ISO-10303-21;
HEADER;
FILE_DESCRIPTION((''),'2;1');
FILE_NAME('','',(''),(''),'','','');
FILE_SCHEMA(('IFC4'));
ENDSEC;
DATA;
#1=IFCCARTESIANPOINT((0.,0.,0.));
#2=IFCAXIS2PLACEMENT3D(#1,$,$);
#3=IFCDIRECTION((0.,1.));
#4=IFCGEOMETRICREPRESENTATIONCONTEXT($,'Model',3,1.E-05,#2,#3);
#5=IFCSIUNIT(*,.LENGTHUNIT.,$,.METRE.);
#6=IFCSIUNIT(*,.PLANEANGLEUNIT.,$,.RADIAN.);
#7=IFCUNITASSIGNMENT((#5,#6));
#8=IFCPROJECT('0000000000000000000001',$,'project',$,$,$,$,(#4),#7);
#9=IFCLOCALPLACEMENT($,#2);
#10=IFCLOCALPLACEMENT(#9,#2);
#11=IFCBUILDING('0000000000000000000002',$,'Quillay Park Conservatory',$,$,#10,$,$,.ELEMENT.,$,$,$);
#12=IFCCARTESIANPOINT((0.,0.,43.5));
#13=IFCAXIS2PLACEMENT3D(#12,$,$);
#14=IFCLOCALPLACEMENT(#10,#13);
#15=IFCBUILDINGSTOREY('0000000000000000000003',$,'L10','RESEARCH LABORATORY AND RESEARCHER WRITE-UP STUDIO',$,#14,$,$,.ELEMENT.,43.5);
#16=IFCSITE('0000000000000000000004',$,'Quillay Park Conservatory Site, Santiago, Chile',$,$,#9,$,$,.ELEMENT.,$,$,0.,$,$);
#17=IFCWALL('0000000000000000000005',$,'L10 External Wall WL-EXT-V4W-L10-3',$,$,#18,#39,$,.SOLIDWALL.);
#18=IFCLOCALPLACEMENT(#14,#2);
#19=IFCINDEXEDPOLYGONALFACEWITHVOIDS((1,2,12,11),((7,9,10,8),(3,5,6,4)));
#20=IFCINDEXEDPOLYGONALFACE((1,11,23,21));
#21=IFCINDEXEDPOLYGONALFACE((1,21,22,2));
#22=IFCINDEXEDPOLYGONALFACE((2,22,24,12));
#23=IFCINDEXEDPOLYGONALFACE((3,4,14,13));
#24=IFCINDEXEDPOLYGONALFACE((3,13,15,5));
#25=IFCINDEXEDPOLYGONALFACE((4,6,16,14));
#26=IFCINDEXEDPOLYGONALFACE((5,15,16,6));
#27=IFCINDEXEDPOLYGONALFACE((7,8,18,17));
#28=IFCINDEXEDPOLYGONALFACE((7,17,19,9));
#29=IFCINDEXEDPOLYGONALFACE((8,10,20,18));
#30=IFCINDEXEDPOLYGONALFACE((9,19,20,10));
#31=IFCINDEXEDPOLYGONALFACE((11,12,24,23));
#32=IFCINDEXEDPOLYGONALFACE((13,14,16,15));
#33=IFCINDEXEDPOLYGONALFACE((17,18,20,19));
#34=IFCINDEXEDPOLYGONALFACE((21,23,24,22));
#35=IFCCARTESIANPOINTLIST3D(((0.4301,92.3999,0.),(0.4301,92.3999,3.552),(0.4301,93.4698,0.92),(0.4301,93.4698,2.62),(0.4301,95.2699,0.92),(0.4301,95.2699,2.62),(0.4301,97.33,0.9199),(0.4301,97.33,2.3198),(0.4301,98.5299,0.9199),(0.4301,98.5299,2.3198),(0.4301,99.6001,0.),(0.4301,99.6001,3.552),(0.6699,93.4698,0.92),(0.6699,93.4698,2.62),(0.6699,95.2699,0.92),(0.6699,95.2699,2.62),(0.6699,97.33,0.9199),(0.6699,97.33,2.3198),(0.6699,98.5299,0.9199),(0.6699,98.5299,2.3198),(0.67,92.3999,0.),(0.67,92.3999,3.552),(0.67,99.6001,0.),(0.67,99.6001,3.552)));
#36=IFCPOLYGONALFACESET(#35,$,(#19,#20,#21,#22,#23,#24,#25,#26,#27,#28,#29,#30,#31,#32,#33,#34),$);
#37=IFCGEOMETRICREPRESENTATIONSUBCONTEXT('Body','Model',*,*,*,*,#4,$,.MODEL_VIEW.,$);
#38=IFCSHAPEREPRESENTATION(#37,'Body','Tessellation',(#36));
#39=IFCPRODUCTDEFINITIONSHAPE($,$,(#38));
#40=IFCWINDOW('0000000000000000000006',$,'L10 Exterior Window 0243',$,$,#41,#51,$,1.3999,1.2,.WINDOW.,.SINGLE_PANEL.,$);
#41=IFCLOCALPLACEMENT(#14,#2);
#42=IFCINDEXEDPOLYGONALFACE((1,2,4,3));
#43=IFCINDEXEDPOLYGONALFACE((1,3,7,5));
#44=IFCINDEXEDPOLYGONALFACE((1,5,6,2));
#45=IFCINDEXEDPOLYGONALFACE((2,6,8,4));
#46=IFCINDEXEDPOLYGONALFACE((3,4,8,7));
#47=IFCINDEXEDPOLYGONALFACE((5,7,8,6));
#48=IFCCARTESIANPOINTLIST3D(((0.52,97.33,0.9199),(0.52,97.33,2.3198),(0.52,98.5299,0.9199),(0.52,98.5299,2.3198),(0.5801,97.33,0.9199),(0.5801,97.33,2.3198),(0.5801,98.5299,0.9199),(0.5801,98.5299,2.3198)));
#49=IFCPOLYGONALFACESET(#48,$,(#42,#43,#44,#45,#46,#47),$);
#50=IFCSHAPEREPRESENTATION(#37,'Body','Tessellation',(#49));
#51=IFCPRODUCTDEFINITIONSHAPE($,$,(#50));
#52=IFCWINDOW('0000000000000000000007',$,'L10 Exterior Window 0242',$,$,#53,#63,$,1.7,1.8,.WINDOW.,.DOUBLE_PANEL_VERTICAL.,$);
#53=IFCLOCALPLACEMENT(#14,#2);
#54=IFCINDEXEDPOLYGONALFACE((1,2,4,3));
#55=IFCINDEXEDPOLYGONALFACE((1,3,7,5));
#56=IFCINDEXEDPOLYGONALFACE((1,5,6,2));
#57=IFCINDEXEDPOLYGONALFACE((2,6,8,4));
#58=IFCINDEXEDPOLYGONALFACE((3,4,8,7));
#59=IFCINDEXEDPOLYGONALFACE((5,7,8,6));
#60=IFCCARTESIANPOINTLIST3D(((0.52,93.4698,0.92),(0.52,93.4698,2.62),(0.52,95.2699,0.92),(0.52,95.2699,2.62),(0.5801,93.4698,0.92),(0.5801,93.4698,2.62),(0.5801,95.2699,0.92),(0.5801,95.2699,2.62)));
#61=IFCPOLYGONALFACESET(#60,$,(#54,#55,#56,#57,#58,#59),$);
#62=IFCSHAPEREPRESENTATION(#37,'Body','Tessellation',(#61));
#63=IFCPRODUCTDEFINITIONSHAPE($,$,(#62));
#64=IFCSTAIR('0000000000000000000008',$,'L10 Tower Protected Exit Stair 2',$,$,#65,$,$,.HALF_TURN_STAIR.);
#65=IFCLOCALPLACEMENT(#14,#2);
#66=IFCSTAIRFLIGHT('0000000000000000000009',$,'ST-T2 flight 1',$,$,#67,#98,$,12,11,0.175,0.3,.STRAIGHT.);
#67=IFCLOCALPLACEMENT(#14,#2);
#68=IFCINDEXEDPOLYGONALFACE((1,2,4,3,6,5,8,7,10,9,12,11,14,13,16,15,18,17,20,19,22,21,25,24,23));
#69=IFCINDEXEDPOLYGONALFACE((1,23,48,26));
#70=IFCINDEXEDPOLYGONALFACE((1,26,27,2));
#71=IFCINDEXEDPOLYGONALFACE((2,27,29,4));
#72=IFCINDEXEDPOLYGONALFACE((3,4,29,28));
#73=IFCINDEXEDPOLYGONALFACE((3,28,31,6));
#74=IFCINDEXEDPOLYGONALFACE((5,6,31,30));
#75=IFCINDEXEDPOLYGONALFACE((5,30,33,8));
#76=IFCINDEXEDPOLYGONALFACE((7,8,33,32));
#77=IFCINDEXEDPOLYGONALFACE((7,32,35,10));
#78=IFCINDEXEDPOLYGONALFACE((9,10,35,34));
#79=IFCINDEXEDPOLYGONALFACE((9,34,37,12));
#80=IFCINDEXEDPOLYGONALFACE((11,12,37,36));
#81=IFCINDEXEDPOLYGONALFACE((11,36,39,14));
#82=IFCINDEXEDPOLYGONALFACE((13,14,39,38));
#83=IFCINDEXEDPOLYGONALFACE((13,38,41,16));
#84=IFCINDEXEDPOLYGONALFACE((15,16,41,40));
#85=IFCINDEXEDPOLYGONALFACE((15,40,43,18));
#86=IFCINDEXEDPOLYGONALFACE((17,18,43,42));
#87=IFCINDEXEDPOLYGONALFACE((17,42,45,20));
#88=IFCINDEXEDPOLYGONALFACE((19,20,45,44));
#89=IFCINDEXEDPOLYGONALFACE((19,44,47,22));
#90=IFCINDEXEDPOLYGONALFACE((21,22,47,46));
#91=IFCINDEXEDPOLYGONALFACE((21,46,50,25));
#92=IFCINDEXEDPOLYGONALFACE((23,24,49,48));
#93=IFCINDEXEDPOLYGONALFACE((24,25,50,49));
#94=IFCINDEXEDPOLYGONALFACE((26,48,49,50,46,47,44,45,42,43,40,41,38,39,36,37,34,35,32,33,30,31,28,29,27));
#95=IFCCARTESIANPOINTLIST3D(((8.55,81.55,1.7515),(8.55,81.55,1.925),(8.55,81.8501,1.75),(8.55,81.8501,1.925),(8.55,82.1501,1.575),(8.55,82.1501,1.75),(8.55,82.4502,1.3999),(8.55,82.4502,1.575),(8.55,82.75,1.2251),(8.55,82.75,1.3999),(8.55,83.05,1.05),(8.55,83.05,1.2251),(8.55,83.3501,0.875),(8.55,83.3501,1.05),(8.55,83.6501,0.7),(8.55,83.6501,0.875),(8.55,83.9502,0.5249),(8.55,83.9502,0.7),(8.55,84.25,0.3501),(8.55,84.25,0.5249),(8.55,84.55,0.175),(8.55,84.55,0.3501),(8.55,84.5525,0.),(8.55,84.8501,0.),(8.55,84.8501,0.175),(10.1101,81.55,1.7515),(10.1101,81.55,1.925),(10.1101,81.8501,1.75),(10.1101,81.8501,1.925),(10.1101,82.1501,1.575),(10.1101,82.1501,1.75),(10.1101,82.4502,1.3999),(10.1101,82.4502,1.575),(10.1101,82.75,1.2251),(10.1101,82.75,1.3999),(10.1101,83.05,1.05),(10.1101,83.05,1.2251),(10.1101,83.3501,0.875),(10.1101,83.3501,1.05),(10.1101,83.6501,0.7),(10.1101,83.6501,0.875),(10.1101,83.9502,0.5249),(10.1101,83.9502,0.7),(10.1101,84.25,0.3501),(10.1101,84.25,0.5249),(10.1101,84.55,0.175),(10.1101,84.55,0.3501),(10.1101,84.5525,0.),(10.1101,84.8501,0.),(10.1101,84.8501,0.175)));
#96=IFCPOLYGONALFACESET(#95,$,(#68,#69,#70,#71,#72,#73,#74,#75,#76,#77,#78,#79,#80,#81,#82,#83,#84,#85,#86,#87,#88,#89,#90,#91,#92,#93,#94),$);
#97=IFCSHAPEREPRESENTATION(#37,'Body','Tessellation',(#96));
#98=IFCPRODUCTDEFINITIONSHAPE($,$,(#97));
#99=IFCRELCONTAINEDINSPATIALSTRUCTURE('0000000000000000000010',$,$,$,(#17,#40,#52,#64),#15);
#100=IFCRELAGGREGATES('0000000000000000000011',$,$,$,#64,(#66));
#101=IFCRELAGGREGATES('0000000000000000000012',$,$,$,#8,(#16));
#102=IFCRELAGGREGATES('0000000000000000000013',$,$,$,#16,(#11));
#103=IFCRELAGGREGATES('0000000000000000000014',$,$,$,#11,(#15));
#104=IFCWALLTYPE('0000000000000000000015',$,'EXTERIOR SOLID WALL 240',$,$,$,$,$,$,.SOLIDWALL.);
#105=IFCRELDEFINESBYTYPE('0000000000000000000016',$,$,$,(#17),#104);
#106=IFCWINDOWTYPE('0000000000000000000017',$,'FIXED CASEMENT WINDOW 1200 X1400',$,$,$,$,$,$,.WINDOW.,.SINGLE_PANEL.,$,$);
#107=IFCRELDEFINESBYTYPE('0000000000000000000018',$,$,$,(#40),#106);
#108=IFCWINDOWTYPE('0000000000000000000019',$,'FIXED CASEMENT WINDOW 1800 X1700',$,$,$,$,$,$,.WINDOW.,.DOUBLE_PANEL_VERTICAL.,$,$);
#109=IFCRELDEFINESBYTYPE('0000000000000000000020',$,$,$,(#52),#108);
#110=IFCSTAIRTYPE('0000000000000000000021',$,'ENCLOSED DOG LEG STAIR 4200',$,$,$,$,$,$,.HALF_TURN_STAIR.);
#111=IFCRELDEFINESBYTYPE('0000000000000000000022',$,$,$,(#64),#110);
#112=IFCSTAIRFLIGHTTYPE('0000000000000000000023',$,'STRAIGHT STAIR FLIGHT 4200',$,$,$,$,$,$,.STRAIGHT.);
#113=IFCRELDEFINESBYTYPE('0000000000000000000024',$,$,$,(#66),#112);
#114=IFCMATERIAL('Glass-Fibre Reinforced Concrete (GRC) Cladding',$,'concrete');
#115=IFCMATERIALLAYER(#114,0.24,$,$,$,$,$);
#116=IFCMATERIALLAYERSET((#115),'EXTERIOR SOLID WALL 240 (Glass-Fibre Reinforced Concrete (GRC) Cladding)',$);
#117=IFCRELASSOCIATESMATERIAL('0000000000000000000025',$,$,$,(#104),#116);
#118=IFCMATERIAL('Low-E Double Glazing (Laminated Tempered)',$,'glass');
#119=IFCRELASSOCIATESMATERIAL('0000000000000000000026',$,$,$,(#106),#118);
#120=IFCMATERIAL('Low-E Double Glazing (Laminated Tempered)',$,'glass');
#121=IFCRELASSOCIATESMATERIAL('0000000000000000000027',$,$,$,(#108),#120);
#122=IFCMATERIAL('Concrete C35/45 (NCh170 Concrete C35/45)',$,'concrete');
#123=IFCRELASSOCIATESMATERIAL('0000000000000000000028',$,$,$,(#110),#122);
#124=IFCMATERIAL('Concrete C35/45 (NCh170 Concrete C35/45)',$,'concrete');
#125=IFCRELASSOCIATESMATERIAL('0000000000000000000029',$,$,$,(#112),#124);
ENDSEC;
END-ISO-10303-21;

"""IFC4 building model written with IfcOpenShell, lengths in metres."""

from ifc_helpers import new_model, si_unit, direction, frame, frame_2d, origin, place, context, subcontext, project, spatial, polyline, rectangle, outline, extrude, material, layer, layer_set, type_object, element, fill, aggregate, save


model = new_model("IFC4")

# Units and contexts
model_context = context("Model", 3, precision=1e-05, world=origin(), true_north=direction((0.0, 1.0)))
body_context = subcontext(model_context, "Body", "Model", "MODEL_VIEW")
ifc_project = project(units=[si_unit("LENGTHUNIT", "METRE"), si_unit("PLANEANGLEUNIT", "RADIAN")], contexts=[model_context])

# Site, building, storey
site_placement = place(None, origin())
site = spatial("IfcSite", under=ifc_project, at=site_placement, Name="Quillay Park Conservatory Site, Santiago, Chile", CompositionType="ELEMENT", RefElevation=0.0)
building_placement = place(site_placement, origin())
building = spatial("IfcBuilding", under=site, at=building_placement, Name="Quillay Park Conservatory", CompositionType="ELEMENT")
storey_placement = place(building_placement, frame((0.0, 0.0, 43.5)))
storey = spatial("IfcBuildingStorey", under=building, at=storey_placement, Name="L10", Description="RESEARCH LABORATORY AND RESEARCHER WRITE-UP STUDIO", CompositionType="ELEMENT", Elevation=43.5)

# Wall, openings, windows
ifc_material_1 = material(Name="Glass-Fibre Reinforced Concrete (GRC) Cladding", Category="concrete")
ifc_layer_1 = layer(ifc_material_1, 0.24)
ifc_layer_set_1 = layer_set([ifc_layer_1], Name="EXTERIOR SOLID WALL 240 (Glass-Fibre Reinforced Concrete (GRC) Cladding)")
wall_type_1 = type_object("IfcWallType", Name="EXTERIOR SOLID WALL 240", PredefinedType="SOLIDWALL", material=ifc_layer_set_1)
wall_1_placement = place(storey_placement, frame((0.55, 92.3999, 0.0), z_axis=(0.0, 0.0, 1.0), x_axis=(0.0, 1.0, 0.0)))
wall_1 = element("IfcWall", 1, at=wall_1_placement, inside=storey, type_object=wall_type_1, Name="L10 External Wall WL-EXT-V4W-L10-3", PredefinedType="SOLIDWALL", context=body_context, shape_type="SweptSolid", body=[
    extrude(rectangle(XDim=7.2002, YDim=0.24, at=frame_2d((3.6001, 0.0))), origin(), (0.0, 0.0, 1.0), 3.552),
])
opening_1_placement = place(wall_1_placement, frame((1.0701, 0.0, 0.9199)))
opening_1 = element("IfcOpeningElement", 2, at=opening_1_placement, cuts=wall_1, PredefinedType="OPENING", context=body_context, shape_type="SweptSolid", body=[
    extrude(rectangle(XDim=1.8, YDim=1.7, at=frame_2d((0.8999, 0.8501))), frame((0.0, 0.1201, 0.0), z_axis=(0.0, -1.0, 0.0), x_axis=(1.0, 0.0, 0.0)), (0.0, 0.0, 1.0), 0.24),
])
opening_2_placement = place(wall_1_placement, frame((4.9299, 0.0, 0.9199)))
opening_2 = element("IfcOpeningElement", 3, at=opening_2_placement, cuts=wall_1, PredefinedType="OPENING", context=body_context, shape_type="SweptSolid", body=[
    extrude(rectangle(XDim=1.2, YDim=1.3999, at=frame_2d((0.6001, 0.7))), frame((0.0, 0.1201, 0.0), z_axis=(0.0, -1.0, 0.0), x_axis=(1.0, 0.0, 0.0)), (0.0, 0.0, 1.0), 0.24),
])
ifc_material_2 = material(Name="Low-E Double Glazing (Laminated Tempered)", Category="glass")
window_type_1 = type_object("IfcWindowType", Name="FIXED CASEMENT WINDOW 1200 X1400", PartitioningType="SINGLE_PANEL", PredefinedType="WINDOW", material=ifc_material_2)
window_1_placement = place(opening_2_placement, origin())
window_1 = element("IfcWindow", 4, at=window_1_placement, inside=storey, type_object=window_type_1, Name="L10 Exterior Window 0243", OverallHeight=1.3999, OverallWidth=1.2, PartitioningType="SINGLE_PANEL", PredefinedType="WINDOW", context=body_context, shape_type="SweptSolid", body=[
    extrude(rectangle(XDim=1.2, YDim=1.3999, at=frame_2d((0.6001, 0.7))), frame((0.0, 0.03, 0.0), z_axis=(0.0, -1.0, 0.0), x_axis=(1.0, 0.0, 0.0)), (0.0, 0.0, 1.0), 0.0601),
])
fill(opening_2, window_1)
ifc_material_3 = material(Name="Low-E Double Glazing (Laminated Tempered)", Category="glass")
window_type_2 = type_object("IfcWindowType", Name="FIXED CASEMENT WINDOW 1800 X1700", PartitioningType="DOUBLE_PANEL_VERTICAL", PredefinedType="WINDOW", material=ifc_material_3)
window_2_placement = place(opening_1_placement, origin())
window_2 = element("IfcWindow", 5, at=window_2_placement, inside=storey, type_object=window_type_2, Name="L10 Exterior Window 0242", OverallHeight=1.7, OverallWidth=1.8, PartitioningType="DOUBLE_PANEL_VERTICAL", PredefinedType="WINDOW", context=body_context, shape_type="SweptSolid", body=[
    extrude(rectangle(XDim=1.8, YDim=1.7, at=frame_2d((0.8999, 0.8501))), frame((0.0, 0.03, 0.0), z_axis=(0.0, -1.0, 0.0), x_axis=(1.0, 0.0, 0.0)), (0.0, 0.0, 1.0), 0.0601),
])
fill(opening_1, window_2)

# Stair, stair flight
ifc_material_4 = material(Name="Concrete C35/45 (NCh170 Concrete C35/45)", Category="concrete")
stair_type = type_object("IfcStairType", Name="ENCLOSED DOG LEG STAIR 4200", PredefinedType="HALF_TURN_STAIR", material=ifc_material_4)
stair_placement = place(storey_placement, origin())
stair = element("IfcStair", 6, at=stair_placement, inside=storey, type_object=stair_type, Name="L10 Tower Protected Exit Stair 2", PredefinedType="HALF_TURN_STAIR")
ifc_material_5 = material(Name="Concrete C35/45 (NCh170 Concrete C35/45)", Category="concrete")
stair_flight_type = type_object("IfcStairFlightType", Name="STRAIGHT STAIR FLIGHT 4200", PredefinedType="STRAIGHT", material=ifc_material_5)
stair_flight_placement = place(storey_placement, frame((9.3301, 84.8501, 0.0), z_axis=(0.0, 0.0, 1.0), x_axis=(0.0, -1.0, 0.0)))
stair_flight = element("IfcStairFlight", 7, at=stair_flight_placement, type_object=stair_flight_type, Name="ST-T2 flight 1", NumberOfRisers=12, NumberOfTreads=11, PredefinedType="STRAIGHT", RiserHeight=0.175, TreadLength=0.3, context=body_context, shape_type="SweptSolid", body=[
    extrude(outline(polyline([(0.0, 0.0), (0.0, 0.175), (0.3, 0.175), (0.3, 0.3501), (0.6001, 0.3501), (0.6001, 0.5249), (0.8999, 0.5249), (0.8999, 0.7), (1.2, 0.7), (1.2, 0.875), (1.5, 0.875), (1.5, 1.05), (1.8, 1.05), (1.8, 1.2251), (2.1001, 1.2251), (2.1001, 1.3999), (2.3999, 1.3999), (2.3999, 1.575), (2.7, 1.575), (2.7, 1.75), (3.0, 1.75), (3.0, 1.925), (3.3, 1.925), (3.3, 2.1001), (3.3, 1.7515), (0.2976, 0.0), (0.0, 0.0)])), frame((0.0, 0.78, 0.0), z_axis=(0.0, -1.0, 0.0), x_axis=(1.0, 0.0, 0.0)), (0.0, 0.0, 1.0), 1.5601),
])
aggregate(stair, [stair_flight])

save(model, "model.ifc")
